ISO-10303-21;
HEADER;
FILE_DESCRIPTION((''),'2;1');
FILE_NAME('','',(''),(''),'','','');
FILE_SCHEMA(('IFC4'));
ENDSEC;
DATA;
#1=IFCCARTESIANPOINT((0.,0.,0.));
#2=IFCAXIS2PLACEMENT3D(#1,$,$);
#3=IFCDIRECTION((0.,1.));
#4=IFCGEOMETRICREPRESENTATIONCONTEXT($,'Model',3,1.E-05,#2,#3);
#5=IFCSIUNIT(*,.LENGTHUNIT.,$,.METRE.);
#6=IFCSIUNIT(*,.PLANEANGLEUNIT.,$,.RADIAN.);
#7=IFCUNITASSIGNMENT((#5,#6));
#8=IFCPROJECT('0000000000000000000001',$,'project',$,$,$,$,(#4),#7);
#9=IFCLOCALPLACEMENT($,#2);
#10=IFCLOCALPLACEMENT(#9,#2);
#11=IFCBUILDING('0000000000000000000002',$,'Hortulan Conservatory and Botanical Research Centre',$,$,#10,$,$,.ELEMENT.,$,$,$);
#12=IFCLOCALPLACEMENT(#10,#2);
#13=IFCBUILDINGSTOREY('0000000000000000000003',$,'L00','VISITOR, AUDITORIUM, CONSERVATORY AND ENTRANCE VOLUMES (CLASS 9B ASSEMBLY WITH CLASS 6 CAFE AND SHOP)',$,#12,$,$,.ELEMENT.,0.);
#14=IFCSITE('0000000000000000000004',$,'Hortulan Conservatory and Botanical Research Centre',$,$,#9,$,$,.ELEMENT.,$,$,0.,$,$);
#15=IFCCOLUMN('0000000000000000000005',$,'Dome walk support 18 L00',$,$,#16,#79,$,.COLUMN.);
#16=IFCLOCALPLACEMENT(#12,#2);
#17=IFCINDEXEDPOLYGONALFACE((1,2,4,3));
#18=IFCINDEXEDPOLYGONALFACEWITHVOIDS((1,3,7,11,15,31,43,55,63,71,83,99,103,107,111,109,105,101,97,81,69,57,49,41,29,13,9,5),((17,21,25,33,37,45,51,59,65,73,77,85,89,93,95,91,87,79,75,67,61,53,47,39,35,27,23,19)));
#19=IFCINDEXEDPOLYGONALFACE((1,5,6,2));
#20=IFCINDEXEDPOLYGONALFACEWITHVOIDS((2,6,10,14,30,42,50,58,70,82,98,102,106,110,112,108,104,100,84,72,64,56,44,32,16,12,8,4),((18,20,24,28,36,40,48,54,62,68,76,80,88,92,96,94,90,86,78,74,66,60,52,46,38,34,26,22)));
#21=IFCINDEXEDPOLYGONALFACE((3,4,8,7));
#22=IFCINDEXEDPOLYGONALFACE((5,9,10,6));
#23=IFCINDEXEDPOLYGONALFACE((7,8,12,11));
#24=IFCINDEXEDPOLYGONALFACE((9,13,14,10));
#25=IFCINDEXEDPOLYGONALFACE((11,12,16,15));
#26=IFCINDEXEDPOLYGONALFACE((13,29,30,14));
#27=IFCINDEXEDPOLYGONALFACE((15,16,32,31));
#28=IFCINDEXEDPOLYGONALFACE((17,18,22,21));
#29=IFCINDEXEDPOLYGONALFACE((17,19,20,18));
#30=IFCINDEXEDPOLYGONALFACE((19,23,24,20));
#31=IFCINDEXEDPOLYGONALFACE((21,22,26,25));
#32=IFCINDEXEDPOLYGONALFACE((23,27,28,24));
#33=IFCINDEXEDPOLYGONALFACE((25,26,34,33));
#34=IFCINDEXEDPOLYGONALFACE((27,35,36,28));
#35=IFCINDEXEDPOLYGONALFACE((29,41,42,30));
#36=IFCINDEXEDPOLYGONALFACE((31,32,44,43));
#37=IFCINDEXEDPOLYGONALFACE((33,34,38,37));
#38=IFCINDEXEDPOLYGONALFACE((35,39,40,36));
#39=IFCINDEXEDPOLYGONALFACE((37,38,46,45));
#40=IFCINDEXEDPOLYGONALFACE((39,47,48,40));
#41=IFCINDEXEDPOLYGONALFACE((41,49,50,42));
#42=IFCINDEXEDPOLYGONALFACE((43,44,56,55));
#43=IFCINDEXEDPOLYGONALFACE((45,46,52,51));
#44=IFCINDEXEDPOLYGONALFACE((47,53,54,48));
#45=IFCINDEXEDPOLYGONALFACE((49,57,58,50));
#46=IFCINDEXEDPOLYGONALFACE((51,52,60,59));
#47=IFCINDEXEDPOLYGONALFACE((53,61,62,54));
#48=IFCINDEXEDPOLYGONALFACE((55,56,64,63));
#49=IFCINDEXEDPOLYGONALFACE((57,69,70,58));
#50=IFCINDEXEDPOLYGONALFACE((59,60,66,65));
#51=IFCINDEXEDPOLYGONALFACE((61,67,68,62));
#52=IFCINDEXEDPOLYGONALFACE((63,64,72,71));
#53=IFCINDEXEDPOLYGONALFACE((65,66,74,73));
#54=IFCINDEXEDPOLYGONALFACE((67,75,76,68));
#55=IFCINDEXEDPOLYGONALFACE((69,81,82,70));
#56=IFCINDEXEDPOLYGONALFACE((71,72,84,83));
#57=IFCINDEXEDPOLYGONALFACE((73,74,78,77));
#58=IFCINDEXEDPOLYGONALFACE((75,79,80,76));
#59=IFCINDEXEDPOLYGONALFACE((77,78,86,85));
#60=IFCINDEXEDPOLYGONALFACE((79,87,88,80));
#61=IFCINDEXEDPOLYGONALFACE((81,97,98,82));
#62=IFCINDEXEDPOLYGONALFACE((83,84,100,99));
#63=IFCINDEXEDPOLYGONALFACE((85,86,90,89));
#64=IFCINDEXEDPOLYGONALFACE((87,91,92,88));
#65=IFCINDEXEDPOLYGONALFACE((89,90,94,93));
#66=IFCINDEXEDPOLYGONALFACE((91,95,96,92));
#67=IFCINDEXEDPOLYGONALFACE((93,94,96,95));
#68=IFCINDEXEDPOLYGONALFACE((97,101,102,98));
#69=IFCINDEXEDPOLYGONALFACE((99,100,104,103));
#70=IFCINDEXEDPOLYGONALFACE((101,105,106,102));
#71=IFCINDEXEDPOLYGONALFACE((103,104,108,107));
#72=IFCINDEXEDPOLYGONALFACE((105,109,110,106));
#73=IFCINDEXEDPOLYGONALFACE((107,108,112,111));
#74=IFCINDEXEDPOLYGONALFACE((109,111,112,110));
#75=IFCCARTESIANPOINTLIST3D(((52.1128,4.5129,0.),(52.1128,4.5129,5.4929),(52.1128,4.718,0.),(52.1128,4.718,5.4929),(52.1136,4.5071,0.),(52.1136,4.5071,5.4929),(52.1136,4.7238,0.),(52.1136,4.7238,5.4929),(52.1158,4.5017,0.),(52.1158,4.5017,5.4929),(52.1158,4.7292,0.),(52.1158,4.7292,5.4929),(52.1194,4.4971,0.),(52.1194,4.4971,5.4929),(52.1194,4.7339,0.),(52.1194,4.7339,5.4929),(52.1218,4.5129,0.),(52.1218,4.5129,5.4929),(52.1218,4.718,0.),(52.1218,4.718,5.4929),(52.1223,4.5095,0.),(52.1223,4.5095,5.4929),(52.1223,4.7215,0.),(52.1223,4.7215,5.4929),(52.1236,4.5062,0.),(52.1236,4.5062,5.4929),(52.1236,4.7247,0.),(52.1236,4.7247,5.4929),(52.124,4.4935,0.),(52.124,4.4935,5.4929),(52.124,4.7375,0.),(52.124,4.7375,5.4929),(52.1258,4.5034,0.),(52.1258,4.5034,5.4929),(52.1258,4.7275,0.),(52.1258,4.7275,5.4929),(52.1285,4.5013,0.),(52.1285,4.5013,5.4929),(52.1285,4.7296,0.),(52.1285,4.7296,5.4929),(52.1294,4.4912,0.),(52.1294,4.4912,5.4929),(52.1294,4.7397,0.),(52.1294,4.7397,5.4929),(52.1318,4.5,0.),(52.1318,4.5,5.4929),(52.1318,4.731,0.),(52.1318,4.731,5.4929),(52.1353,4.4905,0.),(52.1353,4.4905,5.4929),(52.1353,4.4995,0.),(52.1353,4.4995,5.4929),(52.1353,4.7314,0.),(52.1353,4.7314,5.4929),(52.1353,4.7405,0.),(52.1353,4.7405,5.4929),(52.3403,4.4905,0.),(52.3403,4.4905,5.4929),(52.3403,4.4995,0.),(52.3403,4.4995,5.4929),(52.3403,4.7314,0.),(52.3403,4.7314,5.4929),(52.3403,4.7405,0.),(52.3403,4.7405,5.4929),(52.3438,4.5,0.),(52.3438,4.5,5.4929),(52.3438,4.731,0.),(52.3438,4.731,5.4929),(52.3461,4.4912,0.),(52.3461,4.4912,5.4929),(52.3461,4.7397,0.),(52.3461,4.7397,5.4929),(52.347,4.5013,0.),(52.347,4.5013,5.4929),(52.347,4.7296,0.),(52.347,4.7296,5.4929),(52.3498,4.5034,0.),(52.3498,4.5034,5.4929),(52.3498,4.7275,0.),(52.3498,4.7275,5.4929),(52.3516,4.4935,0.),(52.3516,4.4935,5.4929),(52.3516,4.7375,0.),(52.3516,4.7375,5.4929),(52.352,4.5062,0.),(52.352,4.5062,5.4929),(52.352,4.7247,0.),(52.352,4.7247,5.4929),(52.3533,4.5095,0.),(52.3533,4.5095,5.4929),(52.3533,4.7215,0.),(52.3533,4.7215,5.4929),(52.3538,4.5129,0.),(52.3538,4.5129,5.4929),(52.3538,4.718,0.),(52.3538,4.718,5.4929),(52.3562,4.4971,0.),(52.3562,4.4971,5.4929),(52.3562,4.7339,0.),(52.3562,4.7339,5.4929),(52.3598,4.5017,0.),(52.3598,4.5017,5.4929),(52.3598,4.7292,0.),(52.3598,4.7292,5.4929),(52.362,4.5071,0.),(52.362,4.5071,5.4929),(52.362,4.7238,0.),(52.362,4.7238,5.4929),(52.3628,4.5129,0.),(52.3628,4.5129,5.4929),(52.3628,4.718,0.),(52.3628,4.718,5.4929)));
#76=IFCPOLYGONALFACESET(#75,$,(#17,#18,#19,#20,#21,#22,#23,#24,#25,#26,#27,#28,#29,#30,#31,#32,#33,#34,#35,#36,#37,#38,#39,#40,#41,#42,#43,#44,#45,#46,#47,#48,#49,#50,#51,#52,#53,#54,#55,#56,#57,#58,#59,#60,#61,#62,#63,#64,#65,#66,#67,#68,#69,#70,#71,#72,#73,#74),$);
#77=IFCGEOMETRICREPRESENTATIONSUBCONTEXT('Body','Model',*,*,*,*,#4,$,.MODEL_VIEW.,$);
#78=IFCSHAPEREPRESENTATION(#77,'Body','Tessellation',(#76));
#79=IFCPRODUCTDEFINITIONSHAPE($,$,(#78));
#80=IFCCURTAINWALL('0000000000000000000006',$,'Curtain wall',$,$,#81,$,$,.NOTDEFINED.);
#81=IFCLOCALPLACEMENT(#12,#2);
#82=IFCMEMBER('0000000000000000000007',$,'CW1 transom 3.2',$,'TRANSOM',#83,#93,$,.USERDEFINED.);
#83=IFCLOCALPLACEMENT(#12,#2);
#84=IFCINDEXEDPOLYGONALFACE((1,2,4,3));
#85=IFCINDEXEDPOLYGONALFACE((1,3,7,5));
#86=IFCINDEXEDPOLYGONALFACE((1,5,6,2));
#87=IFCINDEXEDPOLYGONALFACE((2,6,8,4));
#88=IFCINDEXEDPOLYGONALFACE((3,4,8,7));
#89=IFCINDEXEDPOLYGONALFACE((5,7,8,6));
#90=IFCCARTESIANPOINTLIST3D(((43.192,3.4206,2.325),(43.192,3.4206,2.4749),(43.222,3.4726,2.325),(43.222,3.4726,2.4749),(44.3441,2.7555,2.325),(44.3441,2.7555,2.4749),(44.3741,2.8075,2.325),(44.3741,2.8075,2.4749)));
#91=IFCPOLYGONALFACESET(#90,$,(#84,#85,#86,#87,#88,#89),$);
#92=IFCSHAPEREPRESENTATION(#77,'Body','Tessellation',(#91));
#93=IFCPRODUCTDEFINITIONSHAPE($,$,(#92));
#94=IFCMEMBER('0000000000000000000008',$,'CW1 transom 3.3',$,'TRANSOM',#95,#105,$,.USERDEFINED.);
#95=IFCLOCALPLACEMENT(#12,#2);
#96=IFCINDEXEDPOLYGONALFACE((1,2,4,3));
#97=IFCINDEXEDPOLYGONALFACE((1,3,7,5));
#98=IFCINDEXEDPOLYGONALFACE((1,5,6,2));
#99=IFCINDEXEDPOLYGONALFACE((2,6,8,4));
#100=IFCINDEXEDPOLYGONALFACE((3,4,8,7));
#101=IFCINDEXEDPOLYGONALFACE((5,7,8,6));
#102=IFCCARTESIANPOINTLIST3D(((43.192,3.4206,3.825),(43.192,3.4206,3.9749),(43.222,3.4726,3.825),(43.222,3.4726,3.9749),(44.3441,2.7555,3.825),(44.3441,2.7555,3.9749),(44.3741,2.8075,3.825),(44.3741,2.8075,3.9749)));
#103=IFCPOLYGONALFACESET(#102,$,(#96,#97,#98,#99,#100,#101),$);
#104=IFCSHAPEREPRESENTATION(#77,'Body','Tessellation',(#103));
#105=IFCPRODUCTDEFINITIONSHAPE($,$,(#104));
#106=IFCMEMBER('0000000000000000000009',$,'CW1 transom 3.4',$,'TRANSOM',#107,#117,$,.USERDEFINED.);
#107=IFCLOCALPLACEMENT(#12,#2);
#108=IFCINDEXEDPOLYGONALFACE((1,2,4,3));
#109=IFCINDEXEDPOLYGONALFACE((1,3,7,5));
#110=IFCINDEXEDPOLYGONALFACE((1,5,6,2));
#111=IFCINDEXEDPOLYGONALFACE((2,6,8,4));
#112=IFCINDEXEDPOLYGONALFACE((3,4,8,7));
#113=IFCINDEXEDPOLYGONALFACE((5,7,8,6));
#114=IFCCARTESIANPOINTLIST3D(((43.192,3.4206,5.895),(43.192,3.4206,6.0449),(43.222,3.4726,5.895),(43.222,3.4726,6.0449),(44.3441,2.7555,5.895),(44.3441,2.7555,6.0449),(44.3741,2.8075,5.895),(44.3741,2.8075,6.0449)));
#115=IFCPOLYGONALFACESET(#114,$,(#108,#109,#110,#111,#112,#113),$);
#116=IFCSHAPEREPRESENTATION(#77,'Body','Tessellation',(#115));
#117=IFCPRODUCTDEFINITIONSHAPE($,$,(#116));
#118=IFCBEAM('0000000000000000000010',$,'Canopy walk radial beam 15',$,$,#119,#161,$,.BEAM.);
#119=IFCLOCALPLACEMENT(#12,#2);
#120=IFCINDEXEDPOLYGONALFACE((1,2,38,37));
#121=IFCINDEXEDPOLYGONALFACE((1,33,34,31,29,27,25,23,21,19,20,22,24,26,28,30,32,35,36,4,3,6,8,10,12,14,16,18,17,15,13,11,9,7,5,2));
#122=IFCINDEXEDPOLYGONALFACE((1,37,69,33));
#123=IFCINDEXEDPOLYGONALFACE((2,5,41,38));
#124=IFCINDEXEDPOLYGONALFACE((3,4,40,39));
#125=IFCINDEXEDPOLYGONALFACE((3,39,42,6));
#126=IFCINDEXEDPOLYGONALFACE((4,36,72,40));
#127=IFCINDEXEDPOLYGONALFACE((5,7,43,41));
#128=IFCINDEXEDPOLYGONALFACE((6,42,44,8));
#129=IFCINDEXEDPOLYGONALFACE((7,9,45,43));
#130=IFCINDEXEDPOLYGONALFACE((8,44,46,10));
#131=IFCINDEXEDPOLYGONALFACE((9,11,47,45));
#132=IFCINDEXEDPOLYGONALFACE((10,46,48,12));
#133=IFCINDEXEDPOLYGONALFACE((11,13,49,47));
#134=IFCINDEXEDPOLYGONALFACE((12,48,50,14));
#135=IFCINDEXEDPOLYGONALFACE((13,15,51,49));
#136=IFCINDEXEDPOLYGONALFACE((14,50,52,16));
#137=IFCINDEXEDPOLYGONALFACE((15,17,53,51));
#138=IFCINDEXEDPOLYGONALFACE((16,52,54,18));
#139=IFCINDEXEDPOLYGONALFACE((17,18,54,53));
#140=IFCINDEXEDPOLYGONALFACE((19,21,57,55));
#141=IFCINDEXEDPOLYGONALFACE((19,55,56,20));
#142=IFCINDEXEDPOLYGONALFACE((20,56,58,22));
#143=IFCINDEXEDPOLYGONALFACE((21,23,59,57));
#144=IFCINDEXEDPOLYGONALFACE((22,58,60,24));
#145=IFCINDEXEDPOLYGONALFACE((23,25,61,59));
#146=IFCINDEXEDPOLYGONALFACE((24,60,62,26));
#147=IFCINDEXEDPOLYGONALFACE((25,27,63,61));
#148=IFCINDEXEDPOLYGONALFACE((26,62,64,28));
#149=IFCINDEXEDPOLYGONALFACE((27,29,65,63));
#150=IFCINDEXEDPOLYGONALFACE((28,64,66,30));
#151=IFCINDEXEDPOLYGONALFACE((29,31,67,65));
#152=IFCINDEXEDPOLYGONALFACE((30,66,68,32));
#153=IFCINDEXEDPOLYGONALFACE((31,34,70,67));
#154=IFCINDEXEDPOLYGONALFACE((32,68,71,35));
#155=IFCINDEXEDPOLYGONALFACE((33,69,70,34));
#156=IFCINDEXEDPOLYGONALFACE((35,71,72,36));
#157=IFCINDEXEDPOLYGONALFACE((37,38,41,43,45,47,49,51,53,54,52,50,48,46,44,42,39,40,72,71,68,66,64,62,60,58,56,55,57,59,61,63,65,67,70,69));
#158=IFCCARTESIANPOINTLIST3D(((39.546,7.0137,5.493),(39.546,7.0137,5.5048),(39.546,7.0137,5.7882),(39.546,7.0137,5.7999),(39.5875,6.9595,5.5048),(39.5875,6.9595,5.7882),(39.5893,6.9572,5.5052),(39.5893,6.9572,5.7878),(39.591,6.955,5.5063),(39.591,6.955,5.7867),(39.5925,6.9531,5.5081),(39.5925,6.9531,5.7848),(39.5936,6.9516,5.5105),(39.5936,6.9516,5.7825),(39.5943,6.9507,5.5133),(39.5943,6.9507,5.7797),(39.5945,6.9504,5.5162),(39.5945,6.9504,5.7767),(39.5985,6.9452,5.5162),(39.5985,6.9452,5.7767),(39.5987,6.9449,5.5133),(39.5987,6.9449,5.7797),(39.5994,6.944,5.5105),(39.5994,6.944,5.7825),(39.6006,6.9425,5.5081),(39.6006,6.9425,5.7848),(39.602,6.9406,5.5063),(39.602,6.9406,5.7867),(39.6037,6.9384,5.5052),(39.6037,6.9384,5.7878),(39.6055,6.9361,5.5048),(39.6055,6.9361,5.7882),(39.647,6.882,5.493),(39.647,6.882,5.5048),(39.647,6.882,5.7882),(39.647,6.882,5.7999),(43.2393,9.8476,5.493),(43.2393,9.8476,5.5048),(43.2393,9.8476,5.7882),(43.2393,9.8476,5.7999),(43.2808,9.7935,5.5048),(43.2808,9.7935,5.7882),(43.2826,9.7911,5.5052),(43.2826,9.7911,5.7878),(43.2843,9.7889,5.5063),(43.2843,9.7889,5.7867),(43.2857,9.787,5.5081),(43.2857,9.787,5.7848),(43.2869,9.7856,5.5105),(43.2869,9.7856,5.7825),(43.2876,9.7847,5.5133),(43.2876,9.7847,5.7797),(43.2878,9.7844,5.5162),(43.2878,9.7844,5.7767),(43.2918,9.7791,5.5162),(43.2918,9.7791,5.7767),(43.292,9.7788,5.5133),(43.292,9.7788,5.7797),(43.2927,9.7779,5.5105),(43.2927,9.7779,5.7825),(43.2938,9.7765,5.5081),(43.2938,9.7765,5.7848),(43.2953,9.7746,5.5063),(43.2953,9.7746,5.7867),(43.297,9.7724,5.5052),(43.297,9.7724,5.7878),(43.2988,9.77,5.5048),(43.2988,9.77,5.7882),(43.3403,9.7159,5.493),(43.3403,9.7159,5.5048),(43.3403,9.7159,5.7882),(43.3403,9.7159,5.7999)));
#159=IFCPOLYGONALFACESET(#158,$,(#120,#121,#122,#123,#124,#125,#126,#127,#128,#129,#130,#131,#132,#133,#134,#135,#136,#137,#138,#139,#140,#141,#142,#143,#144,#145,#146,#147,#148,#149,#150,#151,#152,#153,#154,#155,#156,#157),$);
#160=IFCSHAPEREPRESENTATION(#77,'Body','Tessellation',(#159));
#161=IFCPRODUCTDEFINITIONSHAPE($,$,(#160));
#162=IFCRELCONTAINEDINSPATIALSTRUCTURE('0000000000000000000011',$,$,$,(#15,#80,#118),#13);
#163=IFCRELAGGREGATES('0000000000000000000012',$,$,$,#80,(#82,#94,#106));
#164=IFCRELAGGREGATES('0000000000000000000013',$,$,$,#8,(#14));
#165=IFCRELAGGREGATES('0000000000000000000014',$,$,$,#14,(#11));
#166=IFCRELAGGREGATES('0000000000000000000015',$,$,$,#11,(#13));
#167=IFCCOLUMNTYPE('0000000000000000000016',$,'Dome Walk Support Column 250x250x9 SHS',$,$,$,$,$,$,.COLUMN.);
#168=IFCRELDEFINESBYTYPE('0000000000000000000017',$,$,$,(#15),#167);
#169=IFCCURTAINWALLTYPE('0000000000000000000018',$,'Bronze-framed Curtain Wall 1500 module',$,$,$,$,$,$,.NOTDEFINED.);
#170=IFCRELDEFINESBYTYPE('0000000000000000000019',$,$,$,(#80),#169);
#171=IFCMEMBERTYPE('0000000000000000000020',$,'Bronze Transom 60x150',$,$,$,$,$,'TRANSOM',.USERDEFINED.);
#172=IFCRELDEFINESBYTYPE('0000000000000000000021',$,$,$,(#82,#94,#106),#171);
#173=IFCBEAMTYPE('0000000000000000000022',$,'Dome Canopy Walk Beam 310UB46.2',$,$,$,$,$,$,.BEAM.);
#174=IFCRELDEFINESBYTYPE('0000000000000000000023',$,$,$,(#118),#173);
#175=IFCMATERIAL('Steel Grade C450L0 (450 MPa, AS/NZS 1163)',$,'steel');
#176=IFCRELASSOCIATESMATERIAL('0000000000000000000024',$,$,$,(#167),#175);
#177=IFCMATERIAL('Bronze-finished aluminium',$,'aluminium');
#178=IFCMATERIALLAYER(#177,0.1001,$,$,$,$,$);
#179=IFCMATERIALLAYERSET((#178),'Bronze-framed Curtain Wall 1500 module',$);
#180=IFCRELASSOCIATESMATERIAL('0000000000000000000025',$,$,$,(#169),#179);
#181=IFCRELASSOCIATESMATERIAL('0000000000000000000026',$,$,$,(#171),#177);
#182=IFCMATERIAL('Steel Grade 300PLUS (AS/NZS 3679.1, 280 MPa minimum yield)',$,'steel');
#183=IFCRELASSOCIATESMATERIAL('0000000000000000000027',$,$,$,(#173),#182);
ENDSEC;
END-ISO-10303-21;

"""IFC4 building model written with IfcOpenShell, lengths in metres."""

from ifc_helpers import new_model, si_unit, direction, frame, origin, origin_2d, place, context, subcontext, project, spatial, rectangle, hollow_rectangle, i_section, extrude, material, layer, layer_set, material_profile, profile_set, type_object, element, aggregate, save


model = new_model("IFC4")

# Units and contexts
model_context = context("Model", 3, precision=1e-05, world=origin(), true_north=direction((0.0, 1.0)))
body_context = subcontext(model_context, "Body", "Model", "MODEL_VIEW")
ifc_project = project(units=[si_unit("LENGTHUNIT", "METRE"), si_unit("PLANEANGLEUNIT", "RADIAN")], contexts=[model_context])

# Site, building, storey
site_placement = place(None, origin())
site = spatial("IfcSite", under=ifc_project, at=site_placement, Name="Hortulan Conservatory and Botanical Research Centre", CompositionType="ELEMENT", RefElevation=0.0)
building_placement = place(site_placement, origin())
building = spatial("IfcBuilding", under=site, at=building_placement, Name="Hortulan Conservatory and Botanical Research Centre", CompositionType="ELEMENT")
storey_placement = place(building_placement, origin())
storey = spatial("IfcBuildingStorey", under=building, at=storey_placement, Name="L00", Description="VISITOR, AUDITORIUM, CONSERVATORY AND ENTRANCE VOLUMES (CLASS 9B ASSEMBLY WITH CLASS 6 CAFE AND SHOP)", CompositionType="ELEMENT", Elevation=0.0)

# Column
ifc_material_1 = material(Name="Steel Grade C450L0 (450 MPa, AS/NZS 1163)", Category="steel")
ifc_material_profile_1 = material_profile(ifc_material_1, hollow_rectangle(XDim=0.25, YDim=0.25, WallThickness=0.009, InnerFilletRadius=0.0134, OuterFilletRadius=0.0225, at=origin_2d()), Name="250x250x9SHS")
ifc_profile_set_1 = profile_set([ifc_material_profile_1], Name="Steel Grade C450L0 (450 MPa, AS/NZS 1163)")
column_type = type_object("IfcColumnType", Name="Dome Walk Support Column 250x250x9 SHS", PredefinedType="COLUMN", material=ifc_profile_set_1)
for number, where, z_axis, x_axis, name in (
    (1, (52.2378, 4.6155, 0.0), (0.0, 0.0, 1.0), (1.0, 0.0, 0.0), "Dome walk support 18 L00"),
):
    element("IfcColumn", number, at=place(storey_placement, frame(where, z_axis=z_axis, x_axis=x_axis)), inside=storey, type_object=column_type, Name=name, PredefinedType="COLUMN", context=body_context, shape_type="SweptSolid", body=[
        extrude(hollow_rectangle(XDim=0.25, YDim=0.25, WallThickness=0.009, InnerFilletRadius=0.0134, OuterFilletRadius=0.0225, at=origin_2d()), origin(), (0.0, 0.0, 1.0), 5.4929),
    ])

# Curtain wall, members
ifc_material_2 = material(Name="Bronze-finished aluminium", Category="aluminium")
ifc_layer_1 = layer(ifc_material_2, 0.1001)
ifc_layer_set_1 = layer_set([ifc_layer_1], Name="Bronze-framed Curtain Wall 1500 module")
curtain_wall_type = type_object("IfcCurtainWallType", Name="Bronze-framed Curtain Wall 1500 module", PredefinedType="NOTDEFINED", material=ifc_layer_set_1)
curtain_wall_placement = place(storey_placement, origin())
curtain_wall = element("IfcCurtainWall", 2, at=curtain_wall_placement, inside=storey, type_object=curtain_wall_type, Name="Curtain wall", PredefinedType="NOTDEFINED")
ifc_material_profile_2 = material_profile(ifc_material_2, rectangle(XDim=0.0601, YDim=0.1499, at=origin_2d()), Name="Bronze Transom 60x150")
ifc_profile_set_2 = profile_set([ifc_material_profile_2], Name="Bronze-finished aluminium")
member_type = type_object("IfcMemberType", Name="Bronze Transom 60x150", ElementType="TRANSOM", PredefinedType="USERDEFINED", material=ifc_profile_set_2)
member_1_placement = place(storey_placement, frame((44.3591, 2.7815, 2.3999), z_axis=(-0.866066, 0.499929, 0.0), x_axis=(-0.499929, -0.866066, 0.0)))
member_1 = element("IfcMember", 3, at=member_1_placement, type_object=member_type, Name="CW1 transom 3.2", ObjectType="TRANSOM", PredefinedType="USERDEFINED", context=body_context, shape_type="SweptSolid", body=[
    extrude(rectangle(XDim=0.0601, YDim=0.1499, at=origin_2d()), origin(), (0.0, 0.0, 1.0), 1.3303),
])
member_2_placement = place(storey_placement, frame((44.3591, 2.7815, 3.8999), z_axis=(-0.866066, 0.499929, 0.0), x_axis=(-0.499929, -0.866066, 0.0)))
member_2 = element("IfcMember", 4, at=member_2_placement, type_object=member_type, Name="CW1 transom 3.3", ObjectType="TRANSOM", PredefinedType="USERDEFINED", context=body_context, shape_type="SweptSolid", body=[
    extrude(rectangle(XDim=0.0601, YDim=0.1499, at=origin_2d()), origin(), (0.0, 0.0, 1.0), 1.3303),
])
member_3_placement = place(storey_placement, frame((44.3591, 2.7815, 5.97), z_axis=(-0.866066, 0.499929, 0.0), x_axis=(-0.499929, -0.866066, 0.0)))
member_3 = element("IfcMember", 5, at=member_3_placement, type_object=member_type, Name="CW1 transom 3.4", ObjectType="TRANSOM", PredefinedType="USERDEFINED", context=body_context, shape_type="SweptSolid", body=[
    extrude(rectangle(XDim=0.0601, YDim=0.1499, at=origin_2d()), origin(), (0.0, 0.0, 1.0), 1.3303),
])

# Beam
ifc_material_3 = material(Name="Steel Grade 300PLUS (AS/NZS 3679.1, 280 MPa minimum yield)", Category="steel")
ifc_material_profile_3 = material_profile(ifc_material_3, i_section(OverallWidth=0.166, OverallDepth=0.3069, WebThickness=0.0066, FlangeThickness=0.0117, FilletRadius=0.0115, at=origin_2d()), Name="310UB46.2")
ifc_profile_set_3 = profile_set([ifc_material_profile_3], Name="Steel Grade 300PLUS (AS/NZS 3679.1, 280 MPa minimum yield)")
beam_type = type_object("IfcBeamType", Name="Dome Canopy Walk Beam 310UB46.2", PredefinedType="BEAM", material=ifc_profile_set_3)
for number, where, z_axis, x_axis, name in (
    (6, (43.2898, 9.7817, 5.6465), (-0.793356, -0.608757, 0.0), (0.608757, -0.793356, 0.0), "Canopy walk radial beam 15"),
):
    element("IfcBeam", number, at=place(storey_placement, frame(where, z_axis=z_axis, x_axis=x_axis)), inside=storey, type_object=beam_type, Name=name, PredefinedType="BEAM", context=body_context, shape_type="SweptSolid", body=[
        extrude(i_section(OverallWidth=0.166, OverallDepth=0.3069, WebThickness=0.0066, FlangeThickness=0.0117, FilletRadius=0.0115, at=origin_2d()), origin(), (0.0, 0.0, 1.0), 4.6553),
    ])

aggregate(curtain_wall, [member_1, member_2, member_3])

save(model, "model.ifc")
